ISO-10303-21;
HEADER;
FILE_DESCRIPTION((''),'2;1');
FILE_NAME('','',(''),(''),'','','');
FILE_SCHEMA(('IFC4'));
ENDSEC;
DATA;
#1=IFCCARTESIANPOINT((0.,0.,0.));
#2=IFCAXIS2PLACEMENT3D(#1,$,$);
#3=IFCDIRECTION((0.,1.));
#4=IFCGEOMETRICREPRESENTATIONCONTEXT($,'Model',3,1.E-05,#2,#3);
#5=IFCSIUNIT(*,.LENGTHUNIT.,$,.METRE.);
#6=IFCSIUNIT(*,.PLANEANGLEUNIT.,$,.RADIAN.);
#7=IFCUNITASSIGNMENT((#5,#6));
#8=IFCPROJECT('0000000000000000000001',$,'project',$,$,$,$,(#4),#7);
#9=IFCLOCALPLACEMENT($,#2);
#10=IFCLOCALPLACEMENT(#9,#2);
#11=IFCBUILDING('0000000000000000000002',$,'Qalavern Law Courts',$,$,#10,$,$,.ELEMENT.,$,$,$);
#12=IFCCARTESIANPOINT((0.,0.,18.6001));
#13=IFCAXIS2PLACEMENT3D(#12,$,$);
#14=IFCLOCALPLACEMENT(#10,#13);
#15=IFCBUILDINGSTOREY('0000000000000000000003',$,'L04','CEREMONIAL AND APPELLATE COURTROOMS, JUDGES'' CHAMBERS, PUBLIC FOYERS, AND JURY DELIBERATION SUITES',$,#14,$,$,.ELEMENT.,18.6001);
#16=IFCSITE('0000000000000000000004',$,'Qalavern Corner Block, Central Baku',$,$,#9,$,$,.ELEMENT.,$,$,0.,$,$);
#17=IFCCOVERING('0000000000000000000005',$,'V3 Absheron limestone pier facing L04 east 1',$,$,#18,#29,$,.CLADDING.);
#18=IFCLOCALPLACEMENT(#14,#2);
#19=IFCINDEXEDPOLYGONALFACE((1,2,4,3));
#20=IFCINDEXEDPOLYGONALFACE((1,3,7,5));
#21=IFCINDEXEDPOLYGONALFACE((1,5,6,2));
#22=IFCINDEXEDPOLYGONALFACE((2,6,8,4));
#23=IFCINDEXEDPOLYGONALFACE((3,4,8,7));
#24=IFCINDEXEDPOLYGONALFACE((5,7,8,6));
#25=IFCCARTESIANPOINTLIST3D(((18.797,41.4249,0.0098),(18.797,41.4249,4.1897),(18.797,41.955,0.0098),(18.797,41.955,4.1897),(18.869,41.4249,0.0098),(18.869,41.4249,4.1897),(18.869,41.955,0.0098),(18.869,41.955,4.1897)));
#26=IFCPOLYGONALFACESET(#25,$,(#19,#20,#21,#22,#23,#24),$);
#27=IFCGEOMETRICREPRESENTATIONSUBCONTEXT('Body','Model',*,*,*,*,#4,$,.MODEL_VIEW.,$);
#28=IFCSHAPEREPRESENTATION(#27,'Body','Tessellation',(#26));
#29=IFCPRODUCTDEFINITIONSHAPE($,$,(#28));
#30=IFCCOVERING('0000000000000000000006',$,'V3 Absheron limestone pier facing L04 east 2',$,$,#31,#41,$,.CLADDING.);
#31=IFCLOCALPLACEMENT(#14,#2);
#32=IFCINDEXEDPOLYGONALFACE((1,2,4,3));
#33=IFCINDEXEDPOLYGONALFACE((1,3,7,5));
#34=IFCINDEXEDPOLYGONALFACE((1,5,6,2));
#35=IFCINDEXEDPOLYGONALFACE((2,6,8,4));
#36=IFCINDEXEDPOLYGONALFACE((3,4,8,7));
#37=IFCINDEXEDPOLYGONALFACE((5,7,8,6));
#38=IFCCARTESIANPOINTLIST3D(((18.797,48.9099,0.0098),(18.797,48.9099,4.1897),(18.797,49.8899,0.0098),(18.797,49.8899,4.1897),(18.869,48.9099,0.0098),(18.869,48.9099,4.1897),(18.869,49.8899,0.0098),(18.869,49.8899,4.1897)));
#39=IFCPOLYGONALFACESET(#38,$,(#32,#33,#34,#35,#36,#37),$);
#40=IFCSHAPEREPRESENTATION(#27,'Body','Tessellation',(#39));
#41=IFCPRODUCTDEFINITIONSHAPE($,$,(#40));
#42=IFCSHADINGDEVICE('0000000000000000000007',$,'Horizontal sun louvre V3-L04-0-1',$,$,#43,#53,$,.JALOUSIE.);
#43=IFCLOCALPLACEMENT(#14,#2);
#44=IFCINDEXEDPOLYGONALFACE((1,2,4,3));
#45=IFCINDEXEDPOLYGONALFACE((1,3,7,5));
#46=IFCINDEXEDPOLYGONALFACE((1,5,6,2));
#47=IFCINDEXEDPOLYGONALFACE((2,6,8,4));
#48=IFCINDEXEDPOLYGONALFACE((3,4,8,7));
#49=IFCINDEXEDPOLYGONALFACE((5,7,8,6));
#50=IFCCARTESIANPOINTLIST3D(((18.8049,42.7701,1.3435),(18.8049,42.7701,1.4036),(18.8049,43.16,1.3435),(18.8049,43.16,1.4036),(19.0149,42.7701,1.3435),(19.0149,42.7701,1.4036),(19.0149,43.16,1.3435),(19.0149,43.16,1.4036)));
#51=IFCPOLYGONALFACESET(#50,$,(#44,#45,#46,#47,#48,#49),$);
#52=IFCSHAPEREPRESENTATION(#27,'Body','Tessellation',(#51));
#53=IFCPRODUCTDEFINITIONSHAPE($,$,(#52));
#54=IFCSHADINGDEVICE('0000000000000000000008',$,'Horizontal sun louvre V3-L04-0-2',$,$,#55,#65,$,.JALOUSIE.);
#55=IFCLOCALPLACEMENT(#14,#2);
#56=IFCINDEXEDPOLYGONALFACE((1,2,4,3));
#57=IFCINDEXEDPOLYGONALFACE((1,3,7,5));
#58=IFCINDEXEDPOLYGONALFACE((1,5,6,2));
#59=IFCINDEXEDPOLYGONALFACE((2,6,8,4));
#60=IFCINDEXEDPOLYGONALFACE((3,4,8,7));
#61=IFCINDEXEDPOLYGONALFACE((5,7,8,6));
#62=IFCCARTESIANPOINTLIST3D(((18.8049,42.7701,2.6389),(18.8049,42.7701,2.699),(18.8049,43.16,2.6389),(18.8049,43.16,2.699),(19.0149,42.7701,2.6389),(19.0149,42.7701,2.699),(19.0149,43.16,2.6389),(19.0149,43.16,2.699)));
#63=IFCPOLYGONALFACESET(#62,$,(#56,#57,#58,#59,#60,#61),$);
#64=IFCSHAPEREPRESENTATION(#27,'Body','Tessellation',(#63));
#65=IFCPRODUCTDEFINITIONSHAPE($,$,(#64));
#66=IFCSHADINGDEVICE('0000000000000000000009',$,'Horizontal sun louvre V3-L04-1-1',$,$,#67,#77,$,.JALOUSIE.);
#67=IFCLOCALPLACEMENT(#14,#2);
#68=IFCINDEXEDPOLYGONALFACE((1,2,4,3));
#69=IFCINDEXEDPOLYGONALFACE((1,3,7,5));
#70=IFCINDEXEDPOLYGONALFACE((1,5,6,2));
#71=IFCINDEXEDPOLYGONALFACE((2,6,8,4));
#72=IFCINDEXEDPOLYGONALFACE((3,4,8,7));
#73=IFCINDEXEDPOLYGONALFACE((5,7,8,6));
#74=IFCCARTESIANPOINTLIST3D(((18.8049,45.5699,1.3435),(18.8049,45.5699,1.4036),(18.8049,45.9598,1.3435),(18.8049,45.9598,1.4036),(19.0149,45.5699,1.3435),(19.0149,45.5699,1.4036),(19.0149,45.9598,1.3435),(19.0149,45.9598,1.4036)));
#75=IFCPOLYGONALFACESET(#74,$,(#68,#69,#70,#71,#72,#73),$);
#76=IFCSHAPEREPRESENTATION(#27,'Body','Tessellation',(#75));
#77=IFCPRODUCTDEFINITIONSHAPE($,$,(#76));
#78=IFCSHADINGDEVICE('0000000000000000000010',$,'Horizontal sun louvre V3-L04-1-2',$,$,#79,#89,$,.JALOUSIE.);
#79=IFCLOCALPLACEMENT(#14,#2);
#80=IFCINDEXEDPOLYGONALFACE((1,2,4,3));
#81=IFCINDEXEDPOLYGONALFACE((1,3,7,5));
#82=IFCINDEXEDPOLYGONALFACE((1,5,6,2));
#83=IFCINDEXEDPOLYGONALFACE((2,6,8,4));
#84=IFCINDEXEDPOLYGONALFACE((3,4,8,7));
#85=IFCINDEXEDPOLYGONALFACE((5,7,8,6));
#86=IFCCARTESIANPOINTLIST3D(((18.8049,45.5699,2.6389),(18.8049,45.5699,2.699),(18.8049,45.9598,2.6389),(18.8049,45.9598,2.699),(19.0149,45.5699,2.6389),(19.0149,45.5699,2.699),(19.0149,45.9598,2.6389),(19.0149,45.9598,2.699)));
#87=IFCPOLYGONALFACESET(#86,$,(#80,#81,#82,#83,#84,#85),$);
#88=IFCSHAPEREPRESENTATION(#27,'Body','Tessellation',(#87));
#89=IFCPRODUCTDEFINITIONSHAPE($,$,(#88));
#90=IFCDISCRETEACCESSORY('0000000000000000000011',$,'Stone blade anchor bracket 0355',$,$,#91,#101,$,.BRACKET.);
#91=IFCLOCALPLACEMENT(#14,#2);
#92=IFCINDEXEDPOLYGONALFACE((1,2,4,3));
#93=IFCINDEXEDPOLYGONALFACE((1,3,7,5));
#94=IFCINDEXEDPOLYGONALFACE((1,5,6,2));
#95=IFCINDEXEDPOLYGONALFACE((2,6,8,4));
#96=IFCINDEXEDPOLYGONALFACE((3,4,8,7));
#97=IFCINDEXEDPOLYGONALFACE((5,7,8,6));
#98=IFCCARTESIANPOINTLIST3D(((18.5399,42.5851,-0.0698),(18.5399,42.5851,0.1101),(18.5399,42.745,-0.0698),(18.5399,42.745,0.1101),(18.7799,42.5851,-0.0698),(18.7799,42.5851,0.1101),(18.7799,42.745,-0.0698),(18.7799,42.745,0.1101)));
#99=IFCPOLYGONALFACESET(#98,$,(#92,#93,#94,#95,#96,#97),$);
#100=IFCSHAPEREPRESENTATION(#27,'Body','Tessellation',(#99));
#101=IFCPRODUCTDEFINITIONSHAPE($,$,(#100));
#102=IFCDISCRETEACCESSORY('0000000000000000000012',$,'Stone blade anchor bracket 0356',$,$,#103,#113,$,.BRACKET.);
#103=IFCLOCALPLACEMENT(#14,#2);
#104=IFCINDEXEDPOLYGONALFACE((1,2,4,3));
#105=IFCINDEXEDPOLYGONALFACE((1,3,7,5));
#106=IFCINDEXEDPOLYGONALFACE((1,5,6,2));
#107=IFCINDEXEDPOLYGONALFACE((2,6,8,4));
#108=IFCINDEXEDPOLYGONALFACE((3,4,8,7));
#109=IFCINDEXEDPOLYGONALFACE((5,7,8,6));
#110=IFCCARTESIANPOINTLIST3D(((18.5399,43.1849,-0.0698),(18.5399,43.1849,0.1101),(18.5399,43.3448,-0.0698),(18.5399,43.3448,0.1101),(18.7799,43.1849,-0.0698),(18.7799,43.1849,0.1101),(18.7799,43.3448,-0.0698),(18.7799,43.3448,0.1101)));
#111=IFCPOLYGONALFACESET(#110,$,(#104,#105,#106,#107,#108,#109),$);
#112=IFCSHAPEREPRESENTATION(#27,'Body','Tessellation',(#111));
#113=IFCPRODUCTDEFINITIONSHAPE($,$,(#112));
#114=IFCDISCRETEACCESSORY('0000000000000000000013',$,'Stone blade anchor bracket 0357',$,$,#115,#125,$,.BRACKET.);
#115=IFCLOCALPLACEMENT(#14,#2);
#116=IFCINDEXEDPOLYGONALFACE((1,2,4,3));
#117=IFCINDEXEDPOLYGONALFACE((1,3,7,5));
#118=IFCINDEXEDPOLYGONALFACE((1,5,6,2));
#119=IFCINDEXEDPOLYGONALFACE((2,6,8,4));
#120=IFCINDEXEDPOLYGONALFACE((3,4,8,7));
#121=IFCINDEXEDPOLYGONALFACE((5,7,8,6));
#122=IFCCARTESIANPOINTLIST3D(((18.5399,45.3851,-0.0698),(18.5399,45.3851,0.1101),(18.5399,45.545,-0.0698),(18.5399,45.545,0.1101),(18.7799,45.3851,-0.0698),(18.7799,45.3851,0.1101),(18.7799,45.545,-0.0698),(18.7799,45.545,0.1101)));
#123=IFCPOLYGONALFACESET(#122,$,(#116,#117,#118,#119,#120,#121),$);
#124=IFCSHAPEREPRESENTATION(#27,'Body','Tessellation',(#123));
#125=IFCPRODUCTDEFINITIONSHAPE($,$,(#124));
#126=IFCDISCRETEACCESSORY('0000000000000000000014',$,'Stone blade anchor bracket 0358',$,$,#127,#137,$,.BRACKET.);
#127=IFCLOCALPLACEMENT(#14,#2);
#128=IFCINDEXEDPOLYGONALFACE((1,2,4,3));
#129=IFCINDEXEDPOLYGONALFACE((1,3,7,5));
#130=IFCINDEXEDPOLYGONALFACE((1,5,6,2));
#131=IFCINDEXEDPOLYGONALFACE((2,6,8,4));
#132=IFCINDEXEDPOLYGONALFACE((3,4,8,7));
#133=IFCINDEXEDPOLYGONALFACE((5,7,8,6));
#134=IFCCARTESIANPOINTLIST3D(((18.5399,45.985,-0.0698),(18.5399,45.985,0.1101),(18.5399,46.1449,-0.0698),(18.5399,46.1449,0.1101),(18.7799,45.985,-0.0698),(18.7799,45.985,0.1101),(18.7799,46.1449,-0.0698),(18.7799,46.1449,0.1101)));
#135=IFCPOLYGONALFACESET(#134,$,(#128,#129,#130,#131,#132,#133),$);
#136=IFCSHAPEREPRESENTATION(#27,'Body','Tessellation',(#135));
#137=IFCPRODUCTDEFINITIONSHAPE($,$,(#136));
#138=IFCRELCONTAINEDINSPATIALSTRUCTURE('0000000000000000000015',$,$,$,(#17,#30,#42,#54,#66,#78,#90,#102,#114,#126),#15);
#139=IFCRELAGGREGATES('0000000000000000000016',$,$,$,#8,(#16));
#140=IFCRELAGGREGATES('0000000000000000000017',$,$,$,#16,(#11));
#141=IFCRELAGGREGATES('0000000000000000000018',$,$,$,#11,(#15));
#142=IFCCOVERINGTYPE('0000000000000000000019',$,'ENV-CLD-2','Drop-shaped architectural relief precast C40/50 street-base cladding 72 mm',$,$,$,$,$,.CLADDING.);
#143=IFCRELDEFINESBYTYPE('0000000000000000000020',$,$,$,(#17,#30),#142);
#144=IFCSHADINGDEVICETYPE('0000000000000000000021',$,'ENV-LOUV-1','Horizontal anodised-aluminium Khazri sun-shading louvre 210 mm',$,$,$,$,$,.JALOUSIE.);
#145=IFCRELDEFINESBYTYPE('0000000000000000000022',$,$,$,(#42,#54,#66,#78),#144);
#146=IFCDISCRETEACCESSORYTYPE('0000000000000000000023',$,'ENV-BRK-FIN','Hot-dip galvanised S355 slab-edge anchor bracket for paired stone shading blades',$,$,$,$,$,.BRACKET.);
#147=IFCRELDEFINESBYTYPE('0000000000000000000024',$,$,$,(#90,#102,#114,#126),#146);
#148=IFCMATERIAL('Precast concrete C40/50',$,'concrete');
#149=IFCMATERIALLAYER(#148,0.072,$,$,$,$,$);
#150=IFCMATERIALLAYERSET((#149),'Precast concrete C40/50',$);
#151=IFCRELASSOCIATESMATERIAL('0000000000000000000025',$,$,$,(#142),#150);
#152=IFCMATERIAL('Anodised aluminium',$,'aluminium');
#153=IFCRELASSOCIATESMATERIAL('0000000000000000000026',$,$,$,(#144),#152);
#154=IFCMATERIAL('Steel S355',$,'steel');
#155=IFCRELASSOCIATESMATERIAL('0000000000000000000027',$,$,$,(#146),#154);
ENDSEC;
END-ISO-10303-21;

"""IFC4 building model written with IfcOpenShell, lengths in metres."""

from ifc_helpers import new_model, si_unit, direction, frame, origin, origin_2d, place, context, subcontext, project, spatial, rectangle, extrude, material, layer, layer_set, type_object, element, save


model = new_model("IFC4")

# Units and contexts
model_context = context("Model", 3, precision=1e-05, world=origin(), true_north=direction((0.0, 1.0)))
body_context = subcontext(model_context, "Body", "Model", "MODEL_VIEW")
ifc_project = project(units=[si_unit("LENGTHUNIT", "METRE"), si_unit("PLANEANGLEUNIT", "RADIAN")], contexts=[model_context])

# Site, building, storey
site_placement = place(None, origin())
site = spatial("IfcSite", under=ifc_project, at=site_placement, Name="Qalavern Corner Block, Central Baku", CompositionType="ELEMENT", RefElevation=0.0)
building_placement = place(site_placement, origin())
building = spatial("IfcBuilding", under=site, at=building_placement, Name="Qalavern Law Courts", CompositionType="ELEMENT")
storey_placement = place(building_placement, frame((0.0, 0.0, 18.6001)))
storey = spatial("IfcBuildingStorey", under=building, at=storey_placement, Name="L04", Description="CEREMONIAL AND APPELLATE COURTROOMS, JUDGES' CHAMBERS, PUBLIC FOYERS, AND JURY DELIBERATION SUITES", CompositionType="ELEMENT", Elevation=18.6001)

# Shared definitions
ifc_material_1 = material(Name="Anodised aluminium", Category="aluminium")

# Coverings
ifc_material_2 = material(Name="Precast concrete C40/50", Category="concrete")
ifc_layer_1 = layer(ifc_material_2, 0.072)
ifc_layer_set_1 = layer_set([ifc_layer_1], Name="Precast concrete C40/50")
covering_type_1 = type_object("IfcCoveringType", Name="ENV-CLD-2", Description="Drop-shaped architectural relief precast C40/50 street-base cladding 72 mm", PredefinedType="CLADDING", material=ifc_layer_set_1)
covering_1_placement = place(storey_placement, frame((18.833, 41.6899, 0.0098), z_axis=(0.0, 0.0, 1.0), x_axis=(0.0, 1.0, 0.0)))
element("IfcCovering", 1, at=covering_1_placement, inside=storey, type_object=covering_type_1, Name="V3 Absheron limestone pier facing L04 east 1", PredefinedType="CLADDING", context=body_context, shape_type="SweptSolid", body=[
    extrude(rectangle(XDim=0.53, YDim=0.072, at=origin_2d()), origin(), (0.0, 0.0, 1.0), 4.1799),
])
covering_2_placement = place(storey_placement, frame((18.833, 49.3999, 0.0098), z_axis=(0.0, 0.0, 1.0), x_axis=(0.0, 1.0, 0.0)))
element("IfcCovering", 2, at=covering_2_placement, inside=storey, type_object=covering_type_1, Name="V3 Absheron limestone pier facing L04 east 2", PredefinedType="CLADDING", context=body_context, shape_type="SweptSolid", body=[
    extrude(rectangle(XDim=0.98, YDim=0.072, at=origin_2d()), origin(), (0.0, 0.0, 1.0), 4.1799),
])

# Shading devices
shading_device_type = type_object("IfcShadingDeviceType", Name="ENV-LOUV-1", Description="Horizontal anodised-aluminium Khazri sun-shading louvre 210 mm", PredefinedType="JALOUSIE", material=ifc_material_1)
for number, where, z_axis, x_axis, name in (
    (3, (18.9099, 42.9651, 1.3435), (0.0, 0.0, 1.0), (0.0, 1.0, 0.0), "Horizontal sun louvre V3-L04-0-1"),
    (4, (18.9099, 42.9651, 2.6389), (0.0, 0.0, 1.0), (0.0, 1.0, 0.0), "Horizontal sun louvre V3-L04-0-2"),
    (5, (18.9099, 45.7649, 1.3435), (0.0, 0.0, 1.0), (0.0, 1.0, 0.0), "Horizontal sun louvre V3-L04-1-1"),
    (6, (18.9099, 45.7649, 2.6389), (0.0, 0.0, 1.0), (0.0, 1.0, 0.0), "Horizontal sun louvre V3-L04-1-2"),
):
    element("IfcShadingDevice", number, at=place(storey_placement, frame(where, z_axis=z_axis, x_axis=x_axis)), inside=storey, type_object=shading_device_type, Name=name, PredefinedType="JALOUSIE", context=body_context, shape_type="SweptSolid", body=[
        extrude(rectangle(XDim=0.3899, YDim=0.21, at=origin_2d()), origin(), (0.0, 0.0, 1.0), 0.0601),
    ])

# Discrete accessories
ifc_material_3 = material(Name="Steel S355", Category="steel")
discrete_accessory_type = type_object("IfcDiscreteAccessoryType", Name="ENV-BRK-FIN", Description="Hot-dip galvanised S355 slab-edge anchor bracket for paired stone shading blades", PredefinedType="BRACKET", material=ifc_material_3)
for number, where, z_axis, x_axis, name in (
    (7, (18.6599, 42.665, -0.0698), (0.0, 0.0, 1.0), (1.0, 0.0, 0.0), "Stone blade anchor bracket 0355"),
    (8, (18.6599, 43.2649, -0.0698), (0.0, 0.0, 1.0), (1.0, 0.0, 0.0), "Stone blade anchor bracket 0356"),
    (9, (18.6599, 45.4651, -0.0698), (0.0, 0.0, 1.0), (1.0, 0.0, 0.0), "Stone blade anchor bracket 0357"),
    (10, (18.6599, 46.0649, -0.0698), (0.0, 0.0, 1.0), (1.0, 0.0, 0.0), "Stone blade anchor bracket 0358"),
):
    element("IfcDiscreteAccessory", number, at=place(storey_placement, frame(where, z_axis=z_axis, x_axis=x_axis)), inside=storey, type_object=discrete_accessory_type, Name=name, PredefinedType="BRACKET", context=body_context, shape_type="SweptSolid", body=[
        extrude(rectangle(XDim=0.24, YDim=0.1599, at=origin_2d()), origin(), (0.0, 0.0, 1.0), 0.1799),
    ])

save(model, "model.ifc")
